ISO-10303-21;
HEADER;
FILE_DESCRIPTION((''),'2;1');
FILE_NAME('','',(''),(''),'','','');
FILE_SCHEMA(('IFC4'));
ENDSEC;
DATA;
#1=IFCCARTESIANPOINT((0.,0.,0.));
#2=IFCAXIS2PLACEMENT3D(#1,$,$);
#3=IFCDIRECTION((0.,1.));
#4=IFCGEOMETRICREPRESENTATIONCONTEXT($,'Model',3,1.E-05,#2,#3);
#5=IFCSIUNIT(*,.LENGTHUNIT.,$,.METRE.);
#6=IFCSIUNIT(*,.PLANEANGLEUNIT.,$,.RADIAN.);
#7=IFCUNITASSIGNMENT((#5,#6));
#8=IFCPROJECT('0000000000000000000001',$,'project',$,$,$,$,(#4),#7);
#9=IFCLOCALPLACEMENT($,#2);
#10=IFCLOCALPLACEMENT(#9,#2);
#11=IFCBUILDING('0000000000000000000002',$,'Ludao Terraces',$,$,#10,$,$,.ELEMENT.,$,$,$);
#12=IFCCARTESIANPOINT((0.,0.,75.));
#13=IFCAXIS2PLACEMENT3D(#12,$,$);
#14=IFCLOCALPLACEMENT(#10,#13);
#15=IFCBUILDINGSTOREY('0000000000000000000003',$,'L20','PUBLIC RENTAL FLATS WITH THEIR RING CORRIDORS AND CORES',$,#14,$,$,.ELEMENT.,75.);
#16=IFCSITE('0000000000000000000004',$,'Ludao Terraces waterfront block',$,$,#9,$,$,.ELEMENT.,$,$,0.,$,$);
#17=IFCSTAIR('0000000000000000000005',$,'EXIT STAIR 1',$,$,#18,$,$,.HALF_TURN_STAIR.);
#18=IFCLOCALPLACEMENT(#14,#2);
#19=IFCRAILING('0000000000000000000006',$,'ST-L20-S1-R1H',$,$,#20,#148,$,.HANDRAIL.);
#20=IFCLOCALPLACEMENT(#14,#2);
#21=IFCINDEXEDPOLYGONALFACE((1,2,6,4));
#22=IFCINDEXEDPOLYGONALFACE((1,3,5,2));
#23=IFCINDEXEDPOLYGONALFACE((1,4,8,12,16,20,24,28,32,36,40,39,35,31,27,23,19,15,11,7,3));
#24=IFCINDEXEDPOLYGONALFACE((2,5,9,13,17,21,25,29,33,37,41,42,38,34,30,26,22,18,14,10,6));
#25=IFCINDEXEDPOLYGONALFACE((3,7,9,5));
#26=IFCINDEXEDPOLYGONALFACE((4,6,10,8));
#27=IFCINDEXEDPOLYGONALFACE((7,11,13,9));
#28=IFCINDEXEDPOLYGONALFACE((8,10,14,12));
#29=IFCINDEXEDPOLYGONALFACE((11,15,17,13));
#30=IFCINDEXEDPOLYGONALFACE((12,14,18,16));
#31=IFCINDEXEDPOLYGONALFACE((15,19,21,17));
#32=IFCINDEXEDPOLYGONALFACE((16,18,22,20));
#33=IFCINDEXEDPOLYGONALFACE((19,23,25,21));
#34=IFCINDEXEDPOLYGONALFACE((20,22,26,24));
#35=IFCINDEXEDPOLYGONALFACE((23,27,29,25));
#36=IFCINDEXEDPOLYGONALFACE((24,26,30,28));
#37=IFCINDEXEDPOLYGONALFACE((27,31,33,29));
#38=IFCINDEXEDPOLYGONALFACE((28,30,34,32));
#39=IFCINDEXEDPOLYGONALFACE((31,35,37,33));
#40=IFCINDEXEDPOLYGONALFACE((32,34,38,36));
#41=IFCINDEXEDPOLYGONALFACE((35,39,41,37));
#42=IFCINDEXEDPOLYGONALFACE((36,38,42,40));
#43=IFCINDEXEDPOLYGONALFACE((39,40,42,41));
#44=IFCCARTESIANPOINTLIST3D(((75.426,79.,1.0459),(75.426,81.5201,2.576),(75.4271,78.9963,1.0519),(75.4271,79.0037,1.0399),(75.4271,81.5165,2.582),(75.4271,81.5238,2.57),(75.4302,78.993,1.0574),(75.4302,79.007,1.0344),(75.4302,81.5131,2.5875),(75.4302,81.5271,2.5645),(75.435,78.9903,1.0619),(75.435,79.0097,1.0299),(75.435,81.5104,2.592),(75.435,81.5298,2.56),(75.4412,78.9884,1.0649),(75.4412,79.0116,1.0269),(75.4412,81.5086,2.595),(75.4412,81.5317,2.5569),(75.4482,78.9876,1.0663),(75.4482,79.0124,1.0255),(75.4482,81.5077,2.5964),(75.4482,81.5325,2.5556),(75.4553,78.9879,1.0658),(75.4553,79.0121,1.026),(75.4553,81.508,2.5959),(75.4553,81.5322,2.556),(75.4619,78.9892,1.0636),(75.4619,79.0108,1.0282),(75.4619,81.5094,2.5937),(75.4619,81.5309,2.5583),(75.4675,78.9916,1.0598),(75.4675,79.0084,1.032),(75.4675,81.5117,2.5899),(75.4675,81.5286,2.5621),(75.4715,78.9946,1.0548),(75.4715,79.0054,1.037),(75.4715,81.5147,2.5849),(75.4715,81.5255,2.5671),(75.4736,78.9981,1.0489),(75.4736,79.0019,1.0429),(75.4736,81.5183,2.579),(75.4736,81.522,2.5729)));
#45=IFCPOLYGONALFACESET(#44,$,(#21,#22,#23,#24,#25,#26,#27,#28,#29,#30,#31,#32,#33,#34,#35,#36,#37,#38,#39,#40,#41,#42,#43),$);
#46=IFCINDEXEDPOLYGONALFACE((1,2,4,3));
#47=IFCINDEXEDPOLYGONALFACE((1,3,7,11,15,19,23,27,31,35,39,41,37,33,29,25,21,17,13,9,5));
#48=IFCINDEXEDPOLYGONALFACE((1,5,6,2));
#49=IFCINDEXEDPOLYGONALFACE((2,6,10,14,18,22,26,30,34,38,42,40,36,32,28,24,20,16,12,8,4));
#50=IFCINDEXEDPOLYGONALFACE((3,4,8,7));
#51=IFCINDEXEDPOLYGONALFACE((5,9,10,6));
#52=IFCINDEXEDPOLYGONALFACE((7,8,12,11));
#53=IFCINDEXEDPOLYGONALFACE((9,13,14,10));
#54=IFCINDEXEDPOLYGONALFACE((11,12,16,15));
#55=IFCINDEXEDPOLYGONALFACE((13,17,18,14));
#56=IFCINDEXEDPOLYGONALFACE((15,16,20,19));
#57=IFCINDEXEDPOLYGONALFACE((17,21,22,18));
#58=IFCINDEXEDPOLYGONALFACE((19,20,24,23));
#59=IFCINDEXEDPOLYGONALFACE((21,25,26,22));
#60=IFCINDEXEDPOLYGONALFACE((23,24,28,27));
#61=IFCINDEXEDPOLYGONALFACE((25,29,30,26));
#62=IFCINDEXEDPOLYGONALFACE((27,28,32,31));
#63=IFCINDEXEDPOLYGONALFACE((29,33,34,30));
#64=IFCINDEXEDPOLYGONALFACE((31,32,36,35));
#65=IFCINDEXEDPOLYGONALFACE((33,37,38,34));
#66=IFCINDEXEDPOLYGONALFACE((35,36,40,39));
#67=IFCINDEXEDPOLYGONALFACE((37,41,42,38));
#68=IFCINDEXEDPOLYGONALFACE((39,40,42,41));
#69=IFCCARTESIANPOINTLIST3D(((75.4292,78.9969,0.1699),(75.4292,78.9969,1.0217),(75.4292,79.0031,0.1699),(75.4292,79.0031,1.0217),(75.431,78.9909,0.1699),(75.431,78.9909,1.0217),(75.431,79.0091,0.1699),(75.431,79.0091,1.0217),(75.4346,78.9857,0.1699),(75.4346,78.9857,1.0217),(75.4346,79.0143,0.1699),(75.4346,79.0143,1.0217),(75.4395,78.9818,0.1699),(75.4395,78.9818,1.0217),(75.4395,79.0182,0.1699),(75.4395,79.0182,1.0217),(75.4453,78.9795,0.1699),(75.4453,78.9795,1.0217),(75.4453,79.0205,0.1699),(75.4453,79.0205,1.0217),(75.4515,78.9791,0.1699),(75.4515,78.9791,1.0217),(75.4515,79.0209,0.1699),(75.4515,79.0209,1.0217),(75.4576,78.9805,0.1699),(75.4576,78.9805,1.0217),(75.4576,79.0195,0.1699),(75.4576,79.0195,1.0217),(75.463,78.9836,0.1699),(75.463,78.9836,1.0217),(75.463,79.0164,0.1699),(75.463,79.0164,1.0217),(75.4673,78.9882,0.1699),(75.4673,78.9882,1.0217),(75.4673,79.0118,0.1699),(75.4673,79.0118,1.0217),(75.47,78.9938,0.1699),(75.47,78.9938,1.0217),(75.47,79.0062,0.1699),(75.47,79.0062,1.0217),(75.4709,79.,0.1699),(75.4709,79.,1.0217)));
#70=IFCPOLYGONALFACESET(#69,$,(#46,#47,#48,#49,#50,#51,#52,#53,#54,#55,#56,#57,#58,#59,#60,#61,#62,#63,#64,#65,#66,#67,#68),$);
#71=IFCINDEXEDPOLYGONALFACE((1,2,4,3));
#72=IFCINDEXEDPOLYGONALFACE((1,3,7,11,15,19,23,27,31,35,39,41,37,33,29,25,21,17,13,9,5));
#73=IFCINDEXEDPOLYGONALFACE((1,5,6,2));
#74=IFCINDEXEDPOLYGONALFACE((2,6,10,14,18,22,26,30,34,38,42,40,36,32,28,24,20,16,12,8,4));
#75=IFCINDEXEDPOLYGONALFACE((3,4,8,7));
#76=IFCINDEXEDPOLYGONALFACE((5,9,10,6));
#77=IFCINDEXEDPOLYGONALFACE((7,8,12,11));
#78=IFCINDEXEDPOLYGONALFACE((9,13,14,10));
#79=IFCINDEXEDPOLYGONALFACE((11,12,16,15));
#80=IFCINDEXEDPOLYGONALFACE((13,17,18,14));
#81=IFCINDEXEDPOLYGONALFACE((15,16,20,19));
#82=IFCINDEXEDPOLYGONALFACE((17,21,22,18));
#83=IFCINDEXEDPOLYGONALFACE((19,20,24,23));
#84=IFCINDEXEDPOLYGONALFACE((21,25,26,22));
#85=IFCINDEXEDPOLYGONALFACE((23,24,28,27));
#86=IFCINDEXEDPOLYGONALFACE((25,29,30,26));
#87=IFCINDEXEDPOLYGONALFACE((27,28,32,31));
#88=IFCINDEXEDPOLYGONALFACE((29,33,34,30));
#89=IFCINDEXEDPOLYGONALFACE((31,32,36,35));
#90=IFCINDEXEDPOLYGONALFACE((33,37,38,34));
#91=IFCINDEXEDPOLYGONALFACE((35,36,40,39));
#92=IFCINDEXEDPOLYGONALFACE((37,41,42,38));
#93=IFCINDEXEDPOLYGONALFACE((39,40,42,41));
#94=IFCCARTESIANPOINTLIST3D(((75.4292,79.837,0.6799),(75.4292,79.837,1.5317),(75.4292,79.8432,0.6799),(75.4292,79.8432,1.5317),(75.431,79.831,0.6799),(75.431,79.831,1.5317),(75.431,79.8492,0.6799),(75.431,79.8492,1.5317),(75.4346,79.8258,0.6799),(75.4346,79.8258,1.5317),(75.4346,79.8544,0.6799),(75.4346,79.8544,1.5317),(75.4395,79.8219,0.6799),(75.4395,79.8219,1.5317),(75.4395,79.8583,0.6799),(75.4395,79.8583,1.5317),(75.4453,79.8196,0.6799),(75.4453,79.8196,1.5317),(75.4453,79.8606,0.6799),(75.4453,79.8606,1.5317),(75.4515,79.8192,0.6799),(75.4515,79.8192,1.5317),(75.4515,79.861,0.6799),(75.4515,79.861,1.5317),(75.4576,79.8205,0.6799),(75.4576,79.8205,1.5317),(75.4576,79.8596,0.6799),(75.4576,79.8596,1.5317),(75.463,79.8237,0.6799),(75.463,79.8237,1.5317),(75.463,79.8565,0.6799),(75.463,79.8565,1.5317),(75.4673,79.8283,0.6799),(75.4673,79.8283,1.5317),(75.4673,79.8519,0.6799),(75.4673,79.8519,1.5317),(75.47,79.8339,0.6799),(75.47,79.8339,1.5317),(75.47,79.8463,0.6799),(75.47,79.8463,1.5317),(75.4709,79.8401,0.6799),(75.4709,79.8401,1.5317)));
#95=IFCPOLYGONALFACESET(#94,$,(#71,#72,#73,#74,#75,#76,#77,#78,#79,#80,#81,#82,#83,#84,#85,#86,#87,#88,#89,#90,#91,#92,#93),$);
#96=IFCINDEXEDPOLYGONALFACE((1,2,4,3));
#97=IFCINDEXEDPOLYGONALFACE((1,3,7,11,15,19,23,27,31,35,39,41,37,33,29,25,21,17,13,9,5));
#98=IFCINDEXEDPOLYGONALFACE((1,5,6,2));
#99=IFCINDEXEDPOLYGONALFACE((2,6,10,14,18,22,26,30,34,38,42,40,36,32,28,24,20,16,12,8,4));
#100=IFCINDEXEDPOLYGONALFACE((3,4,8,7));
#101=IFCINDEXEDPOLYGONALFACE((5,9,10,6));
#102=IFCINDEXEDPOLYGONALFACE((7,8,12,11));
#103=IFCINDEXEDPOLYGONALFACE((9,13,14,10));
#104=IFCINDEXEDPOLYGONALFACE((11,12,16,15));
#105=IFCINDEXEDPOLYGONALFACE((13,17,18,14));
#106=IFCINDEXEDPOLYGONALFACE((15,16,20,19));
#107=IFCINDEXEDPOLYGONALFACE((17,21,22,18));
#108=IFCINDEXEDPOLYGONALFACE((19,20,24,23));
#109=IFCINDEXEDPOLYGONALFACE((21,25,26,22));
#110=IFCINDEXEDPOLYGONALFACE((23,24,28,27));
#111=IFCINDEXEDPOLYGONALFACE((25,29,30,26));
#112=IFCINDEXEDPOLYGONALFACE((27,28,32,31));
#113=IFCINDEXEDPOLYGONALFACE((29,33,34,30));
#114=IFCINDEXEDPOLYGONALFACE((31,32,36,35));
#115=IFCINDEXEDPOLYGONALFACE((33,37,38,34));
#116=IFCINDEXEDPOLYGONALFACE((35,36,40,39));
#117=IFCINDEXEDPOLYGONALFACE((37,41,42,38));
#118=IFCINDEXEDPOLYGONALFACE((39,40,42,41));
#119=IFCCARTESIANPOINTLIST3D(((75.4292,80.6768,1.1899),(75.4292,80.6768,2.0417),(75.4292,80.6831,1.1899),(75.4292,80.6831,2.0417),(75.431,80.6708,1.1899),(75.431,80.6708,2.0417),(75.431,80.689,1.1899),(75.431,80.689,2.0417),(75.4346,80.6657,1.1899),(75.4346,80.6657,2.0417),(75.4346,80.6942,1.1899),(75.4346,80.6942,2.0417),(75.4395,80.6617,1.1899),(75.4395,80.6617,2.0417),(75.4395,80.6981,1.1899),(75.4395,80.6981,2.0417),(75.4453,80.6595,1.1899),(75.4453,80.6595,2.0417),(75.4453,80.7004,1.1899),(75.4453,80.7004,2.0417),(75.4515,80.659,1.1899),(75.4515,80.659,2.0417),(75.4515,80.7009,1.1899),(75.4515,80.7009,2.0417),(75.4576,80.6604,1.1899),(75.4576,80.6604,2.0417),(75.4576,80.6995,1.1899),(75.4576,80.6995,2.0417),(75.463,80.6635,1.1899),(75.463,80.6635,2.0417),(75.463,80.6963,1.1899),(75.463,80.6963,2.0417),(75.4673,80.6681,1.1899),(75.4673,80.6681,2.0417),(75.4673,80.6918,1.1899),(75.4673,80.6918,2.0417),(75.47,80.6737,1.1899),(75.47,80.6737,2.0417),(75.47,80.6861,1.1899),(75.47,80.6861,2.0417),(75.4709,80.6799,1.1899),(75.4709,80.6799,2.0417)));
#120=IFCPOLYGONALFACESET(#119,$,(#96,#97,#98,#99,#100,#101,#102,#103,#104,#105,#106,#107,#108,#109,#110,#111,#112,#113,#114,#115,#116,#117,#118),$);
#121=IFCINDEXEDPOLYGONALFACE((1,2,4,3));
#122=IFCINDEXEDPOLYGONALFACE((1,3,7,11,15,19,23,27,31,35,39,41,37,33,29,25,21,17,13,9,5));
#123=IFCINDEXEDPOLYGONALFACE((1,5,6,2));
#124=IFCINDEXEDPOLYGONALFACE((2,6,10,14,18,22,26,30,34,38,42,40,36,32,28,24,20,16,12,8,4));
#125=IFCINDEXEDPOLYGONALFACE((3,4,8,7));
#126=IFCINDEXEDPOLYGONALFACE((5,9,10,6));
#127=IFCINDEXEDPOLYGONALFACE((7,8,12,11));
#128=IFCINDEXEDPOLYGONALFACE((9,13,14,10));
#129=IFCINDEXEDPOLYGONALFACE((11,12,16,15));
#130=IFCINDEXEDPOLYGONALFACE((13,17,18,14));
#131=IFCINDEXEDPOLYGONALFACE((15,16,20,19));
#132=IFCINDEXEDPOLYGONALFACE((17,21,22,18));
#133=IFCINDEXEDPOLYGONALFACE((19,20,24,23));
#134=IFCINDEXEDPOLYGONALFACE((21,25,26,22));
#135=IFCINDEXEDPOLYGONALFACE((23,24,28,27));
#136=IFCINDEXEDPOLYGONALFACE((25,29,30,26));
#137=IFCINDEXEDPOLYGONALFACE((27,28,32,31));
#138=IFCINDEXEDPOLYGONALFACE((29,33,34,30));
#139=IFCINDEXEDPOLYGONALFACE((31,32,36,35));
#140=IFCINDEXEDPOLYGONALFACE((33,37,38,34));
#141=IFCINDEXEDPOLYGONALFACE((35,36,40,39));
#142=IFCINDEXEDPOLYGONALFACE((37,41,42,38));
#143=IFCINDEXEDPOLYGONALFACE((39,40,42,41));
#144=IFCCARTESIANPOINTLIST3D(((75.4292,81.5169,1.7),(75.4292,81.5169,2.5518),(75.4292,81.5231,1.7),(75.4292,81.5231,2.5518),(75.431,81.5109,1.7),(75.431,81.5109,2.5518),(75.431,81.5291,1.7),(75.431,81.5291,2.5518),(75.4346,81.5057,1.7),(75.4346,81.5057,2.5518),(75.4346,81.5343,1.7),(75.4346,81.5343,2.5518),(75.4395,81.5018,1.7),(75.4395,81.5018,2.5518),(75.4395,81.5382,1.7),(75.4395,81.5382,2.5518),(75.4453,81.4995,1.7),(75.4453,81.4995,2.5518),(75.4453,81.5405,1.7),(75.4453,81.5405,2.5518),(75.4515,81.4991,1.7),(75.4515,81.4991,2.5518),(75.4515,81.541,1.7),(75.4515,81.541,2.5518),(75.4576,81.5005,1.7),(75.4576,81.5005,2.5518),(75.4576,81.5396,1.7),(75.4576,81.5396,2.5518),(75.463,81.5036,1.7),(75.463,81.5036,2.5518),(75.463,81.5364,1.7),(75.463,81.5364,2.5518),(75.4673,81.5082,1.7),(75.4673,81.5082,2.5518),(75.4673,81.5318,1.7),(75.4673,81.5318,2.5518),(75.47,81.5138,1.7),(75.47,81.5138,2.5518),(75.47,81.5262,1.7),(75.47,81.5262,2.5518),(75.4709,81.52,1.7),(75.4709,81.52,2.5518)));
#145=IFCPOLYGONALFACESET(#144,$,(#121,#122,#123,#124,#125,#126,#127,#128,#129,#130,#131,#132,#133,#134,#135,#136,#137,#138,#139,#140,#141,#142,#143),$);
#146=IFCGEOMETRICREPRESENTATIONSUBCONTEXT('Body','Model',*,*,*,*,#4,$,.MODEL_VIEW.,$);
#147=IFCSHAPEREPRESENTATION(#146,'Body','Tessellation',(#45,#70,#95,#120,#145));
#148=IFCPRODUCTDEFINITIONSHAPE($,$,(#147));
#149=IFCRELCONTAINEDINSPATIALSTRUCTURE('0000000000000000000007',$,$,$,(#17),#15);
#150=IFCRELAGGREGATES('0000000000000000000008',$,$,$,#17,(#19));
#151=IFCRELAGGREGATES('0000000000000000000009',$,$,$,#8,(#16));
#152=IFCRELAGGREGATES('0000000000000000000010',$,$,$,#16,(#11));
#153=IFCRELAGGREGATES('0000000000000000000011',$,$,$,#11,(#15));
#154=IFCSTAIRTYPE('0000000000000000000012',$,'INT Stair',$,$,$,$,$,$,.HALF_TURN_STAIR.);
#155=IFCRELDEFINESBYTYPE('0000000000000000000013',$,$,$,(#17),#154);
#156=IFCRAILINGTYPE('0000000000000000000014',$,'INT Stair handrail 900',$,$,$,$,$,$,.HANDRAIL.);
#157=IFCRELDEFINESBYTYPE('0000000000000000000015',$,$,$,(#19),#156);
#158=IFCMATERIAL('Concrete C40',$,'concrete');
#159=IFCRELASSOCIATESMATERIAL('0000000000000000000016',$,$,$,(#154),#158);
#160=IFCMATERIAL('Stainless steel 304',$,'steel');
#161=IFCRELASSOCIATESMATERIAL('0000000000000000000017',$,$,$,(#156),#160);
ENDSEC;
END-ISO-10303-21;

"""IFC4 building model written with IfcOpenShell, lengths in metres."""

from ifc_helpers import new_model, si_unit, direction, frame, origin, origin_2d, place, context, subcontext, project, spatial, circle, extrude, material, type_object, element, aggregate, save


model = new_model("IFC4")

# Units and contexts
model_context = context("Model", 3, precision=1e-05, world=origin(), true_north=direction((0.0, 1.0)))
body_context = subcontext(model_context, "Body", "Model", "MODEL_VIEW")
ifc_project = project(units=[si_unit("LENGTHUNIT", "METRE"), si_unit("PLANEANGLEUNIT", "RADIAN")], contexts=[model_context])

# Site, building, storey
site_placement = place(None, origin())
site = spatial("IfcSite", under=ifc_project, at=site_placement, Name="Ludao Terraces waterfront block", CompositionType="ELEMENT", RefElevation=0.0)
building_placement = place(site_placement, origin())
building = spatial("IfcBuilding", under=site, at=building_placement, Name="Ludao Terraces", CompositionType="ELEMENT")
storey_placement = place(building_placement, frame((0.0, 0.0, 75.0)))
storey = spatial("IfcBuildingStorey", under=building, at=storey_placement, Name="L20", Description="PUBLIC RENTAL FLATS WITH THEIR RING CORRIDORS AND CORES", CompositionType="ELEMENT", Elevation=75.0)

# Shared definitions
ifc_material_1 = material(Name="Stainless steel 304", Category="steel")

# Stair, railing
ifc_material_2 = material(Name="Concrete C40", Category="concrete")
stair_type = type_object("IfcStairType", Name="INT Stair", PredefinedType="HALF_TURN_STAIR", material=ifc_material_2)
stair_placement = place(storey_placement, origin())
stair = element("IfcStair", 1, at=stair_placement, inside=storey, type_object=stair_type, Name="EXIT STAIR 1", PredefinedType="HALF_TURN_STAIR")
railing_type_1 = type_object("IfcRailingType", Name="INT Stair handrail 900", PredefinedType="HANDRAIL", material=ifc_material_1)
railing_1_placement = place(storey_placement, frame((75.45, 79.0, 0.1699)))
railing_1 = element("IfcRailing", 2, at=railing_1_placement, type_object=railing_type_1, Name="ST-L20-S1-R1H", PredefinedType="HANDRAIL", context=body_context, shape_type="SweptSolid", body=[
    extrude(circle(Radius=0.0239, at=origin_2d()), frame((0.0, 0.0, 0.876), z_axis=(0.0, 0.854785, 0.518982), x_axis=(-1.0, 0.0, 0.0)), (0.0, 0.0, 1.0), 2.9482),
    extrude(circle(Radius=0.021, at=origin_2d()), origin(), (0.0, 0.0, 1.0), 0.8518),
    extrude(circle(Radius=0.021, at=origin_2d()), frame((0.0, 0.8401, 0.51)), (0.0, 0.0, 1.0), 0.8518),
    extrude(circle(Radius=0.021, at=origin_2d()), frame((0.0, 1.6799, 1.02)), (0.0, 0.0, 1.0), 0.8518),
    extrude(circle(Radius=0.021, at=origin_2d()), frame((0.0, 2.52, 1.53)), (0.0, 0.0, 1.0), 0.8518),
])
aggregate(stair, [railing_1])

save(model, "model.ifc")
